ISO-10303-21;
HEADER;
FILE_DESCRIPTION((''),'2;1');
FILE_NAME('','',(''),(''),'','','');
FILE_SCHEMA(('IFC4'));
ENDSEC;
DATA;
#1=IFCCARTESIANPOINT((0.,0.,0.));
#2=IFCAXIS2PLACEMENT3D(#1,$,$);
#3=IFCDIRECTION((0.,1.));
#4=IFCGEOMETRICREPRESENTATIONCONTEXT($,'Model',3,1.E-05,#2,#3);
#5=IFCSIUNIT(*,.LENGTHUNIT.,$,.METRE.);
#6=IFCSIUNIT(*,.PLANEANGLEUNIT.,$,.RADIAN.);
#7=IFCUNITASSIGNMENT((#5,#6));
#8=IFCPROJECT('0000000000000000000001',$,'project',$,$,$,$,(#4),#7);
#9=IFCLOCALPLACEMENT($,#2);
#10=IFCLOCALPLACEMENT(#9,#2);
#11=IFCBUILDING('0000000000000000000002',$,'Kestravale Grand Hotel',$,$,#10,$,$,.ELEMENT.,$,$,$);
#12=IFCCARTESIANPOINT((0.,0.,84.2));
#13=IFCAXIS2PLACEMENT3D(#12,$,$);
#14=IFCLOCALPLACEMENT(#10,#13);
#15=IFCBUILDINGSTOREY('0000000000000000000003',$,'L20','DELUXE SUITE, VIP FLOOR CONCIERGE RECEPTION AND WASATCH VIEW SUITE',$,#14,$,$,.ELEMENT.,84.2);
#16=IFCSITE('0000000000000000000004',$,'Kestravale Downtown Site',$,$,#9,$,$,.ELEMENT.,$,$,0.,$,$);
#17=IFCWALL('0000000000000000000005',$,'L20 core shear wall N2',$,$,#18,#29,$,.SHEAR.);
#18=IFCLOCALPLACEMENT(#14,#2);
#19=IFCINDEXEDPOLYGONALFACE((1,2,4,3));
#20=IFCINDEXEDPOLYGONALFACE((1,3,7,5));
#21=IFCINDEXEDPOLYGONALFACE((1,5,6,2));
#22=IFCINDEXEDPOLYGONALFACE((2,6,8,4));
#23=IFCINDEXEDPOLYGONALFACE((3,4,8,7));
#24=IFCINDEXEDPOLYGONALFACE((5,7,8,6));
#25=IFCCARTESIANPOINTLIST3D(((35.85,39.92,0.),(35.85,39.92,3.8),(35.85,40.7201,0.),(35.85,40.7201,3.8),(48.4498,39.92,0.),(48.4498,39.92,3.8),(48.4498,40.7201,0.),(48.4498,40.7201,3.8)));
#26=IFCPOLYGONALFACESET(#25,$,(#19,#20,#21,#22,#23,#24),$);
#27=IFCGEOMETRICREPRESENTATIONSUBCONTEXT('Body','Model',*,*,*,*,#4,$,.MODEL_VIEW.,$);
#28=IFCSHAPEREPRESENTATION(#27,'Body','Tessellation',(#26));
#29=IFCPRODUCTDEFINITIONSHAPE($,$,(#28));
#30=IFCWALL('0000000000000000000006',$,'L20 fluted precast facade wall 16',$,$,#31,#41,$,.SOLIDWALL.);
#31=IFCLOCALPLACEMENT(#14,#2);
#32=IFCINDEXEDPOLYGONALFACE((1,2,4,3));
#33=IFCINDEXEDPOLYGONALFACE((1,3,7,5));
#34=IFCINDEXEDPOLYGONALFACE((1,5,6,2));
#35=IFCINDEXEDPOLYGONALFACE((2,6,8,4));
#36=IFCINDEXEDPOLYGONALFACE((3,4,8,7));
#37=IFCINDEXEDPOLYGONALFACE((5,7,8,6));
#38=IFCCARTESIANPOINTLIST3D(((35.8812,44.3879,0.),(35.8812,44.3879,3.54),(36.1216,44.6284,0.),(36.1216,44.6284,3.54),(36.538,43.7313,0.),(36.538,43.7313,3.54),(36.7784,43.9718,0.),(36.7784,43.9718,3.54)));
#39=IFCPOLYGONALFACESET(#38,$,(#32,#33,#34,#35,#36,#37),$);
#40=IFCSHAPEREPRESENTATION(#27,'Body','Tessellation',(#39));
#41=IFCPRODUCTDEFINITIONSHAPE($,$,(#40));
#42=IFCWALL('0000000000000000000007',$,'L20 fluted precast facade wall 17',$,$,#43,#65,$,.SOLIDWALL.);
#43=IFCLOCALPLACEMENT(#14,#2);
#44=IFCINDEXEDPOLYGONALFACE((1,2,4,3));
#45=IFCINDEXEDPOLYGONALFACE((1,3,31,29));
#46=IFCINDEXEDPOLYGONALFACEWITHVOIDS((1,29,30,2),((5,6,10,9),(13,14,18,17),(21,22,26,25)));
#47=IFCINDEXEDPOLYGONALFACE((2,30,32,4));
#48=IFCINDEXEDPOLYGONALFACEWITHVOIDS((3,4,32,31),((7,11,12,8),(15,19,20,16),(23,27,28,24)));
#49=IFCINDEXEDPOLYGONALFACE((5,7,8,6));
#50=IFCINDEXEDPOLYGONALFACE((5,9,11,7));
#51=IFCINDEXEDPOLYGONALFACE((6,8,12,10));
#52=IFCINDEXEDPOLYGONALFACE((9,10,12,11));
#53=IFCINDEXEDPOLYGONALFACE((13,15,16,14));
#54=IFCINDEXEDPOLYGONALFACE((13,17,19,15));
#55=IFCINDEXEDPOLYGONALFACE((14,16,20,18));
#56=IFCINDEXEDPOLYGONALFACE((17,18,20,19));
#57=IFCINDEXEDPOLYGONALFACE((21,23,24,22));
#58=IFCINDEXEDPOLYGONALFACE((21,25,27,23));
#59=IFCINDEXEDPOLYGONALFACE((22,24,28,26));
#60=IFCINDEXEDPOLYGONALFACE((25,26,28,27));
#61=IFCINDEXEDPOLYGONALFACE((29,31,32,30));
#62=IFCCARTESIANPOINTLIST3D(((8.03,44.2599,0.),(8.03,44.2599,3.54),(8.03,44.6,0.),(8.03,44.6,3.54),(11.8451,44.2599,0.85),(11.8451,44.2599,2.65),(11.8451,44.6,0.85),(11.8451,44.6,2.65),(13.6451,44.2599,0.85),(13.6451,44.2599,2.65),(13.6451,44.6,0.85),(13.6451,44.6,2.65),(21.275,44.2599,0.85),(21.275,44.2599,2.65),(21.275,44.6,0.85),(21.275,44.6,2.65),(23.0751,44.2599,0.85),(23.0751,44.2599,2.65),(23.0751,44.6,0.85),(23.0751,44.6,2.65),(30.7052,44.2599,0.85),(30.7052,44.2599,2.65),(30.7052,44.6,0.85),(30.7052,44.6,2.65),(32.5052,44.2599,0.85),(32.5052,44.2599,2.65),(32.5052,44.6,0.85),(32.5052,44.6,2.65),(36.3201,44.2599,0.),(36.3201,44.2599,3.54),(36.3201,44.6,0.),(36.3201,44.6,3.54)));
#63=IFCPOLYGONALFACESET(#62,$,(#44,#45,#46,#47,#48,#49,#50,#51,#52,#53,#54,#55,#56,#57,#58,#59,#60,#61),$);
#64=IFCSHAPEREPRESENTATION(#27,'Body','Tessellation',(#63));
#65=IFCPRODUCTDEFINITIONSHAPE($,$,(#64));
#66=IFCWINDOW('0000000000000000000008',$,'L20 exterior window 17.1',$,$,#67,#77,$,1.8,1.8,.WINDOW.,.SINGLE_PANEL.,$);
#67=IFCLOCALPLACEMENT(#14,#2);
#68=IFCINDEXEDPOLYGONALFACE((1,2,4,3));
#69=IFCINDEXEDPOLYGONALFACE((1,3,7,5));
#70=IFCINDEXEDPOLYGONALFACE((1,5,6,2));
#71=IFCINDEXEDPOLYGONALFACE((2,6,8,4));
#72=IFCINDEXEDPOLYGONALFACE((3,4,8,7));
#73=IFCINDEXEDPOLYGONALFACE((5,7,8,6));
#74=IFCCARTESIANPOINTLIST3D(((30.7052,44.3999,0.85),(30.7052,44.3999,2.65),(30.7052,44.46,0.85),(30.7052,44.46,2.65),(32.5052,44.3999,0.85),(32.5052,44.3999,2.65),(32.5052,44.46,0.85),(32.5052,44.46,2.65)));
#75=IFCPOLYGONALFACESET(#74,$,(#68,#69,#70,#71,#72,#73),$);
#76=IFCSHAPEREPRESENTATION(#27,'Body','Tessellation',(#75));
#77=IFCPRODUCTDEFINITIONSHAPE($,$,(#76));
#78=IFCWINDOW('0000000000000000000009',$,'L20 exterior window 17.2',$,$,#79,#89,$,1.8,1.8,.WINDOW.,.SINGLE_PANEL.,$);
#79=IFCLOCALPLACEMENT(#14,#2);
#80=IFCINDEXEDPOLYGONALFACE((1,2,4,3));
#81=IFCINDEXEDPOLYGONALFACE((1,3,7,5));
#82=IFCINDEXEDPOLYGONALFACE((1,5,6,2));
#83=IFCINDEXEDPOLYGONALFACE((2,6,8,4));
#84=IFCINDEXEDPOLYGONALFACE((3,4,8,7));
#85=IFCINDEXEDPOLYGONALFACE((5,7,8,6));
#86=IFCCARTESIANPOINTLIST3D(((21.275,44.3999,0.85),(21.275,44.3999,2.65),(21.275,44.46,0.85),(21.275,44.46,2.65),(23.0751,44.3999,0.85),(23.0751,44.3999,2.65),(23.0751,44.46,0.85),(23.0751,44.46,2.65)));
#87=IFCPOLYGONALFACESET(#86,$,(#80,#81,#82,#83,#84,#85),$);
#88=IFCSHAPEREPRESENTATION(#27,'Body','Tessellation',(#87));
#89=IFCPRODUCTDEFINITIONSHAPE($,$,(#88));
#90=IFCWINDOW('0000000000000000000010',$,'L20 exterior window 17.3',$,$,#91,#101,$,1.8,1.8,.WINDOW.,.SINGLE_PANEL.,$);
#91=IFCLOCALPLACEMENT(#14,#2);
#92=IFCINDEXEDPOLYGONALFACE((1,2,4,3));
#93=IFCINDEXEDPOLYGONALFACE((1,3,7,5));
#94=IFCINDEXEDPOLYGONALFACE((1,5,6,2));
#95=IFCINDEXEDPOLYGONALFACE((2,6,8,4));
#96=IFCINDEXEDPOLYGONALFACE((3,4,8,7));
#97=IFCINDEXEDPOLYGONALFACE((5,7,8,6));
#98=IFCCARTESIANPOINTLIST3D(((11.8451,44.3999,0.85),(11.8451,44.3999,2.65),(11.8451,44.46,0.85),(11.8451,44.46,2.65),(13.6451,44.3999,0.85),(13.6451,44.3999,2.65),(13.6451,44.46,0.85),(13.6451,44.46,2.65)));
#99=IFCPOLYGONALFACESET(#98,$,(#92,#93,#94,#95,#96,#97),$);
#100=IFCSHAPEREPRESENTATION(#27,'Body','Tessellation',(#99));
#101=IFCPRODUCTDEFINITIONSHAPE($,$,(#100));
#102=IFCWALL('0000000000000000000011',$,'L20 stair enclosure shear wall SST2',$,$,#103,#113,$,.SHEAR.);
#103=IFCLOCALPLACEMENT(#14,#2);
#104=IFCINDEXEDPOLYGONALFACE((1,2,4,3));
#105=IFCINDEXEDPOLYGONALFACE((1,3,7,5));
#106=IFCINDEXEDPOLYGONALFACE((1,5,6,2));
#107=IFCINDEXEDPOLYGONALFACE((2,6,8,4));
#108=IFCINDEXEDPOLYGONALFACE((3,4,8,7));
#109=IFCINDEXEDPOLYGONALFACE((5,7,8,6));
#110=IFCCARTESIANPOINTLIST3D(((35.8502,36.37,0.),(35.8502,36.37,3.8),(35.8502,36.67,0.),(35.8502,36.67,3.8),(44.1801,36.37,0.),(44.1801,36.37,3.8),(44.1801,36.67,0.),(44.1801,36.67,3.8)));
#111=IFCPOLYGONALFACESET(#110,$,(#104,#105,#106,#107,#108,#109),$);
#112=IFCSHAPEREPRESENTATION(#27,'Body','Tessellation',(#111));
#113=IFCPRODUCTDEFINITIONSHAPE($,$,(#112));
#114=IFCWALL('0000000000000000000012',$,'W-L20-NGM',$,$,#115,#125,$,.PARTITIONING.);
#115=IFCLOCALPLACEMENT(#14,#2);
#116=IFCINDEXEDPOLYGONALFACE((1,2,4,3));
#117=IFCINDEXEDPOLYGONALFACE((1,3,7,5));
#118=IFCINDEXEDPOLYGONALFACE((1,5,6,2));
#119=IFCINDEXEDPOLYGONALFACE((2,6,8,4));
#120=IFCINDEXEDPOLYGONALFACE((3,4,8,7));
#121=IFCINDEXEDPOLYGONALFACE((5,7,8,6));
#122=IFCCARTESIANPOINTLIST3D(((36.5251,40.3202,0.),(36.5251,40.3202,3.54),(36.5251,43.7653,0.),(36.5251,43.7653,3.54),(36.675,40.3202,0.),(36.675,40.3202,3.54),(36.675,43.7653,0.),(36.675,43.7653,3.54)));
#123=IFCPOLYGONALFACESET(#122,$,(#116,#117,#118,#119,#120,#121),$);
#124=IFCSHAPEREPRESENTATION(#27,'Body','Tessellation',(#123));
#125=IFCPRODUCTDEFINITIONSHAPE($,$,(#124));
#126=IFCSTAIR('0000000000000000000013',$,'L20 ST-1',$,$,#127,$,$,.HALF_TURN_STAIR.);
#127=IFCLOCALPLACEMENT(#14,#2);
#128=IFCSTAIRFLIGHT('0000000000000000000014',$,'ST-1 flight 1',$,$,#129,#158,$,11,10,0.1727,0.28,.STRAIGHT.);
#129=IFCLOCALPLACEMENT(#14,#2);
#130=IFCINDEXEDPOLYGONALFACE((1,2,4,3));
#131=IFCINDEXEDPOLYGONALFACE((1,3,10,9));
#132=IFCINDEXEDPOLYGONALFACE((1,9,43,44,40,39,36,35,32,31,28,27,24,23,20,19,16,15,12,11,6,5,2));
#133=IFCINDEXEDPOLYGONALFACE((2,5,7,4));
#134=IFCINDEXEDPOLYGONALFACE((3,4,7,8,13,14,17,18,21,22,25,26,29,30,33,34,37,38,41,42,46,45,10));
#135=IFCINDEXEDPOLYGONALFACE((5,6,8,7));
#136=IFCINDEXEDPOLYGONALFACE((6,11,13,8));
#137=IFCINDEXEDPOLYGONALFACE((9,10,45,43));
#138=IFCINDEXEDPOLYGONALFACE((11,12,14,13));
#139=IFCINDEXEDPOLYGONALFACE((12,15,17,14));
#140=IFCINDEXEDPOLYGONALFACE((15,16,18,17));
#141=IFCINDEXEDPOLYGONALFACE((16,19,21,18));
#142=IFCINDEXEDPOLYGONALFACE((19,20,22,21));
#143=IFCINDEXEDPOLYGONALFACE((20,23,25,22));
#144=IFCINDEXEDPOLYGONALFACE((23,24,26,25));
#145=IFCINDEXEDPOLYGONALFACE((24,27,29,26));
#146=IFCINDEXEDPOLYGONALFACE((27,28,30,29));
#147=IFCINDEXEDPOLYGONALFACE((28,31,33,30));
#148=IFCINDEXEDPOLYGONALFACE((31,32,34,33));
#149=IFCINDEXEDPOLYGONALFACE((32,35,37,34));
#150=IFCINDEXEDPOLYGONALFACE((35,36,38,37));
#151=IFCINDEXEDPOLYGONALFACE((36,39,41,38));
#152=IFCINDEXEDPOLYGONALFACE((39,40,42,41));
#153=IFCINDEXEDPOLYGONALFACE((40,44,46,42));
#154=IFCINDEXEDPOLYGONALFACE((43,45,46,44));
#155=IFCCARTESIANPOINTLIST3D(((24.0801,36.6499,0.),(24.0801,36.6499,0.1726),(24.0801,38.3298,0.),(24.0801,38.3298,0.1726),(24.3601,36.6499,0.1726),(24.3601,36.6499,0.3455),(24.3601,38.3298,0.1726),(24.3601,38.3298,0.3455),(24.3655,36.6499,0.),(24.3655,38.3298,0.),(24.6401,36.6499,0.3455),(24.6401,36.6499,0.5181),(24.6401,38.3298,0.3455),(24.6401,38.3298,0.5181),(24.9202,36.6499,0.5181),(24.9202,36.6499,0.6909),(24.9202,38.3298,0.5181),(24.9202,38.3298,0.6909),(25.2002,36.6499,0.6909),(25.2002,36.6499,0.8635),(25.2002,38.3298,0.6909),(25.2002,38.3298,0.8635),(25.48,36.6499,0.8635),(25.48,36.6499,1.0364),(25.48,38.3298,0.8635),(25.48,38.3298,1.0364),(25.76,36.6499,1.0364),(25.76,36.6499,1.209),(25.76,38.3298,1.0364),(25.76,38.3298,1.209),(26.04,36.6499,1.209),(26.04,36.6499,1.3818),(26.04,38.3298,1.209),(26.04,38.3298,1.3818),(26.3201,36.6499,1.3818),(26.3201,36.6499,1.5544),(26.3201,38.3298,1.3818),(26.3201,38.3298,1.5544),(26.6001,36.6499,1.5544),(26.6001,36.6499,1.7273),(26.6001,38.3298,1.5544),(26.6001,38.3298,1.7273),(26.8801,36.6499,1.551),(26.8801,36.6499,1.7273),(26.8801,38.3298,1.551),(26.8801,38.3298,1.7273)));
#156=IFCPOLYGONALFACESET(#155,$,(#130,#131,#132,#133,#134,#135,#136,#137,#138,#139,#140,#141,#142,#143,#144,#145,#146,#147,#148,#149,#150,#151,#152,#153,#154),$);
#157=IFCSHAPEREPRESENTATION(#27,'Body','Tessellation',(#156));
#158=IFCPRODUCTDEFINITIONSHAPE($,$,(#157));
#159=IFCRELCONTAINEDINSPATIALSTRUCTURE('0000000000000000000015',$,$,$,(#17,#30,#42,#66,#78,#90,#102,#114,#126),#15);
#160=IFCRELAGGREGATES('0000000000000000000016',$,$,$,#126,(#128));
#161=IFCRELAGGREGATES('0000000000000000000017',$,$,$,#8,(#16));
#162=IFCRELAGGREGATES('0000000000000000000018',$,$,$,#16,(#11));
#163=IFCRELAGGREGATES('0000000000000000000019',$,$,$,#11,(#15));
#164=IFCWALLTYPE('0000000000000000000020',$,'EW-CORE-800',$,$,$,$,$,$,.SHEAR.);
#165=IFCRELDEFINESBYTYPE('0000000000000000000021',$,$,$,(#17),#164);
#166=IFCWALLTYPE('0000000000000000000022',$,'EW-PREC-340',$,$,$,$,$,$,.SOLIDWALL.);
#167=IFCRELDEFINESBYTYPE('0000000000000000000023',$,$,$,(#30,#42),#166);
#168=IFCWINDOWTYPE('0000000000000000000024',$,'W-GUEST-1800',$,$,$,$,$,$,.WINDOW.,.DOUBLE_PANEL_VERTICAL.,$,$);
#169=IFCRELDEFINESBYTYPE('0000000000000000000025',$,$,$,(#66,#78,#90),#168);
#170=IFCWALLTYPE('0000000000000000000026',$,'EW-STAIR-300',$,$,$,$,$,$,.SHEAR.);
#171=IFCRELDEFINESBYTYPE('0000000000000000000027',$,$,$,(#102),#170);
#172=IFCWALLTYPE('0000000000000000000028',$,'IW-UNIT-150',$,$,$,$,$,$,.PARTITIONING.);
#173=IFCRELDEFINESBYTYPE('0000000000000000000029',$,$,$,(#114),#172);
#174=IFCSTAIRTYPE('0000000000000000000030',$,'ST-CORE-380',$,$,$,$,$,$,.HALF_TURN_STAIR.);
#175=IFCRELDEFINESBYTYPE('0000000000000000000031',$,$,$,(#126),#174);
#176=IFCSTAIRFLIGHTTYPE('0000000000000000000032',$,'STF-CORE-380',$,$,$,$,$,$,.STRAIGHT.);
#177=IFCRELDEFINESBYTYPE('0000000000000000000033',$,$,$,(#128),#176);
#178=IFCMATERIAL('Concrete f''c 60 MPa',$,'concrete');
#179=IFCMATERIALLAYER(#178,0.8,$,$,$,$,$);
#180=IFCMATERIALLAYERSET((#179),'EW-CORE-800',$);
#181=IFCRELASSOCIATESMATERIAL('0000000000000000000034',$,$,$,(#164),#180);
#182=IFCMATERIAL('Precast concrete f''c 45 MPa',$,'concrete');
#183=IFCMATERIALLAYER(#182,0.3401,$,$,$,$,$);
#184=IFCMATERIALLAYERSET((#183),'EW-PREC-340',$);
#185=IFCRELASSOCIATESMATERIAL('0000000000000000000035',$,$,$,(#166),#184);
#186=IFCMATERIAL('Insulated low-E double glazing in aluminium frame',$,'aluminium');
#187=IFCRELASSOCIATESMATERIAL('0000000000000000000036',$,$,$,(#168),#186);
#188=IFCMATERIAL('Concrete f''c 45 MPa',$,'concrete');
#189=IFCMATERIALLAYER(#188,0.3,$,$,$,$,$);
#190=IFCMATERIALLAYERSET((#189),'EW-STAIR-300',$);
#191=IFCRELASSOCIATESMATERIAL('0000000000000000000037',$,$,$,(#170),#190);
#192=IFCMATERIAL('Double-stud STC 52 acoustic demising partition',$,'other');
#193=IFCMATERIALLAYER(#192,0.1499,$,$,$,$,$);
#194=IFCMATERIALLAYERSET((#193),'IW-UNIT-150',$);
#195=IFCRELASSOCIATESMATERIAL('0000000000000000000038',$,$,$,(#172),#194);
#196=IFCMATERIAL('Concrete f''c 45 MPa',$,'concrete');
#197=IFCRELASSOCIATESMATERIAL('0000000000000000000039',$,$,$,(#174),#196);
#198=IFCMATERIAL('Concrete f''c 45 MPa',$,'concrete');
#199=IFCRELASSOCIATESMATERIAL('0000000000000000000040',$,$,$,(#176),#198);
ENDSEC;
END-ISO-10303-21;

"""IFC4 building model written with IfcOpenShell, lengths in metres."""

from ifc_helpers import new_model, si_unit, direction, frame, frame_2d, origin, place, context, subcontext, project, spatial, polyline, rectangle, outline, extrude, material, layer, layer_set, type_object, element, fill, aggregate, save


model = new_model("IFC4")

# Units and contexts
model_context = context("Model", 3, precision=1e-05, world=origin(), true_north=direction((0.0, 1.0)))
body_context = subcontext(model_context, "Body", "Model", "MODEL_VIEW")
ifc_project = project(units=[si_unit("LENGTHUNIT", "METRE"), si_unit("PLANEANGLEUNIT", "RADIAN")], contexts=[model_context])

# Site, building, storey
site_placement = place(None, origin())
site = spatial("IfcSite", under=ifc_project, at=site_placement, Name="Kestravale Downtown Site", CompositionType="ELEMENT", RefElevation=0.0)
building_placement = place(site_placement, origin())
building = spatial("IfcBuilding", under=site, at=building_placement, Name="Kestravale Grand Hotel", CompositionType="ELEMENT")
storey_placement = place(building_placement, frame((0.0, 0.0, 84.2)))
storey = spatial("IfcBuildingStorey", under=building, at=storey_placement, Name="L20", Description="DELUXE SUITE, VIP FLOOR CONCIERGE RECEPTION AND WASATCH VIEW SUITE", CompositionType="ELEMENT", Elevation=84.2)

# Wall
ifc_material_1 = material(Name="Concrete f'c 60 MPa", Category="concrete")
ifc_layer_1 = layer(ifc_material_1, 0.8)
ifc_layer_set_1 = layer_set([ifc_layer_1], Name="EW-CORE-800")
wall_type_1 = type_object("IfcWallType", Name="EW-CORE-800", PredefinedType="SHEAR", material=ifc_layer_set_1)
wall_1_placement = place(storey_placement, frame((35.8501, 40.3201, 0.0), z_axis=(0.0, 0.0, 1.0), x_axis=(1.0, 0.0, 0.0)))
element("IfcWall", 1, at=wall_1_placement, inside=storey, type_object=wall_type_1, Name="L20 core shear wall N2", PredefinedType="SHEAR", context=body_context, shape_type="SweptSolid", body=[
    extrude(rectangle(XDim=12.5999, YDim=0.8, at=frame_2d((6.2998, 0.0))), origin(), (0.0, 0.0, 1.0), 3.8),
])

# Wall
ifc_material_2 = material(Name="Precast concrete f'c 45 MPa", Category="concrete")
ifc_layer_2 = layer(ifc_material_2, 0.3401)
ifc_layer_set_2 = layer_set([ifc_layer_2], Name="EW-PREC-340")
wall_type_2 = type_object("IfcWallType", Name="EW-PREC-340", PredefinedType="SOLIDWALL", material=ifc_layer_set_2)
wall_2_placement = place(storey_placement, frame((36.6582, 43.8516, 0.0), z_axis=(0.0, 0.0, 1.0), x_axis=(-0.707238, 0.706975, 0.0)))
element("IfcWall", 2, at=wall_2_placement, inside=storey, type_object=wall_type_2, Name="L20 fluted precast facade wall 16", PredefinedType="SOLIDWALL", context=body_context, shape_type="SweptSolid", body=[
    extrude(rectangle(XDim=0.9287, YDim=0.3401, at=frame_2d((0.4644, 0.0))), origin(), (0.0, 0.0, 1.0), 3.54),
])

# Wall, openings, windows
wall_3_placement = place(storey_placement, frame((36.3201, 44.4299, 0.0), z_axis=(0.0, 0.0, 1.0), x_axis=(-1.0, 0.0, 0.0)))
wall_3 = element("IfcWall", 3, at=wall_3_placement, inside=storey, type_object=wall_type_2, Name="L20 fluted precast facade wall 17", PredefinedType="SOLIDWALL", context=body_context, shape_type="SweptSolid", body=[
    extrude(rectangle(XDim=28.29, YDim=0.3401, at=frame_2d((14.145, 0.0))), origin(), (0.0, 0.0, 1.0), 3.54),
])
opening_1_placement = place(wall_3_placement, frame((3.8149, 0.0, 0.8501)))
opening_1 = element("IfcOpeningElement", 4, at=opening_1_placement, cuts=wall_3, PredefinedType="OPENING", context=body_context, shape_type="SweptSolid", body=[
    extrude(rectangle(XDim=1.8, YDim=1.8, at=frame_2d((0.8999, 0.8999))), frame((0.0, 0.1799, 0.0), z_axis=(0.0, -1.0, 0.0), x_axis=(1.0, 0.0, 0.0)), (0.0, 0.0, 1.0), 0.3601),
])
opening_2_placement = place(wall_3_placement, frame((13.2451, 0.0, 0.8501)))
opening_2 = element("IfcOpeningElement", 5, at=opening_2_placement, cuts=wall_3, PredefinedType="OPENING", context=body_context, shape_type="SweptSolid", body=[
    extrude(rectangle(XDim=1.8, YDim=1.8, at=frame_2d((0.8999, 0.8999))), frame((0.0, 0.1799, 0.0), z_axis=(0.0, -1.0, 0.0), x_axis=(1.0, 0.0, 0.0)), (0.0, 0.0, 1.0), 0.3601),
])
opening_3_placement = place(wall_3_placement, frame((22.675, 0.0, 0.8501)))
opening_3 = element("IfcOpeningElement", 6, at=opening_3_placement, cuts=wall_3, PredefinedType="OPENING", context=body_context, shape_type="SweptSolid", body=[
    extrude(rectangle(XDim=1.8, YDim=1.8, at=frame_2d((0.8999, 0.8999))), frame((0.0, 0.1799, 0.0), z_axis=(0.0, -1.0, 0.0), x_axis=(1.0, 0.0, 0.0)), (0.0, 0.0, 1.0), 0.3601),
])
ifc_material_3 = material(Name="Insulated low-E double glazing in aluminium frame", Category="aluminium")
window_type = type_object("IfcWindowType", Name="W-GUEST-1800", PartitioningType="DOUBLE_PANEL_VERTICAL", PredefinedType="WINDOW", material=ifc_material_3)
window_1_placement = place(opening_1_placement, origin())
window_1 = element("IfcWindow", 7, at=window_1_placement, inside=storey, type_object=window_type, Name="L20 exterior window 17.1", OverallHeight=1.8, OverallWidth=1.8, PartitioningType="SINGLE_PANEL", PredefinedType="WINDOW", context=body_context, shape_type="SweptSolid", body=[
    extrude(rectangle(XDim=1.8, YDim=1.8, at=frame_2d((0.8999, 0.8999))), frame((0.0, 0.03, 0.0), z_axis=(0.0, -1.0, 0.0), x_axis=(1.0, 0.0, 0.0)), (0.0, 0.0, 1.0), 0.0601),
])
fill(opening_1, window_1)
window_2_placement = place(opening_2_placement, origin())
window_2 = element("IfcWindow", 8, at=window_2_placement, inside=storey, type_object=window_type, Name="L20 exterior window 17.2", OverallHeight=1.8, OverallWidth=1.8, PartitioningType="SINGLE_PANEL", PredefinedType="WINDOW", context=body_context, shape_type="SweptSolid", body=[
    extrude(rectangle(XDim=1.8, YDim=1.8, at=frame_2d((0.8999, 0.8999))), frame((0.0, 0.03, 0.0), z_axis=(0.0, -1.0, 0.0), x_axis=(1.0, 0.0, 0.0)), (0.0, 0.0, 1.0), 0.0601),
])
fill(opening_2, window_2)
window_3_placement = place(opening_3_placement, origin())
window_3 = element("IfcWindow", 9, at=window_3_placement, inside=storey, type_object=window_type, Name="L20 exterior window 17.3", OverallHeight=1.8, OverallWidth=1.8, PartitioningType="SINGLE_PANEL", PredefinedType="WINDOW", context=body_context, shape_type="SweptSolid", body=[
    extrude(rectangle(XDim=1.8, YDim=1.8, at=frame_2d((0.8999, 0.8999))), frame((0.0, 0.03, 0.0), z_axis=(0.0, -1.0, 0.0), x_axis=(1.0, 0.0, 0.0)), (0.0, 0.0, 1.0), 0.0601),
])
fill(opening_3, window_3)

# Wall
ifc_material_4 = material(Name="Concrete f'c 45 MPa", Category="concrete")
ifc_layer_3 = layer(ifc_material_4, 0.3)
ifc_layer_set_3 = layer_set([ifc_layer_3], Name="EW-STAIR-300")
wall_type_3 = type_object("IfcWallType", Name="EW-STAIR-300", PredefinedType="SHEAR", material=ifc_layer_set_3)
wall_4_placement = place(storey_placement, frame((35.8501, 36.52, 0.0), z_axis=(0.0, 0.0, 1.0), x_axis=(1.0, 0.0, 0.0)))
element("IfcWall", 10, at=wall_4_placement, inside=storey, type_object=wall_type_3, Name="L20 stair enclosure shear wall SST2", PredefinedType="SHEAR", context=body_context, shape_type="SweptSolid", body=[
    extrude(rectangle(XDim=8.3298, YDim=0.3, at=frame_2d((4.165, 0.0))), origin(), (0.0, 0.0, 1.0), 3.8),
])

# Wall
ifc_material_5 = material(Name="Double-stud STC 52 acoustic demising partition", Category="other")
ifc_layer_4 = layer(ifc_material_5, 0.1499)
ifc_layer_set_4 = layer_set([ifc_layer_4], Name="IW-UNIT-150")
wall_type_4 = type_object("IfcWallType", Name="IW-UNIT-150", PredefinedType="PARTITIONING", material=ifc_layer_set_4)
wall_5_placement = place(storey_placement, frame((36.6001, 40.3201, 0.0), z_axis=(0.0, 0.0, 1.0), x_axis=(0.0, 1.0, 0.0)))
element("IfcWall", 11, at=wall_5_placement, inside=storey, type_object=wall_type_4, Name="W-L20-NGM", PredefinedType="PARTITIONING", context=body_context, shape_type="SweptSolid", body=[
    extrude(rectangle(XDim=3.4451, YDim=0.1499, at=frame_2d((1.7227, 0.0))), origin(), (0.0, 0.0, 1.0), 3.54),
])

# Stair, stair flight
ifc_material_6 = material(Name="Concrete f'c 45 MPa", Category="concrete")
stair_type = type_object("IfcStairType", Name="ST-CORE-380", PredefinedType="HALF_TURN_STAIR", material=ifc_material_6)
stair_placement = place(storey_placement, origin())
stair = element("IfcStair", 12, at=stair_placement, inside=storey, type_object=stair_type, Name="L20 ST-1", PredefinedType="HALF_TURN_STAIR")
ifc_material_7 = material(Name="Concrete f'c 45 MPa", Category="concrete")
stair_flight_type = type_object("IfcStairFlightType", Name="STF-CORE-380", PredefinedType="STRAIGHT", material=ifc_material_7)
stair_flight_1_placement = place(storey_placement, frame((24.0801, 37.49, 0.0), z_axis=(0.0, 0.0, 1.0), x_axis=(1.0, 0.0, 0.0)))
stair_flight_1 = element("IfcStairFlight", 13, at=stair_flight_1_placement, type_object=stair_flight_type, Name="ST-1 flight 1", NumberOfRisers=11, NumberOfTreads=10, PredefinedType="STRAIGHT", RiserHeight=0.1727, TreadLength=0.28, context=body_context, shape_type="SweptSolid", body=[
    extrude(outline(polyline([(0.0, 0.0), (0.0, 0.1726), (0.28, 0.1726), (0.28, 0.3455), (0.5601, 0.3455), (0.5601, 0.5181), (0.8401, 0.5181), (0.8401, 0.6909), (1.1201, 0.6909), (1.1201, 0.8635), (1.3999, 0.8635), (1.3999, 1.0364), (1.6799, 1.0364), (1.6799, 1.209), (1.96, 1.209), (1.96, 1.3818), (2.24, 1.3818), (2.24, 1.5544), (2.52, 1.5544), (2.52, 1.7273), (2.8, 1.7273), (2.8, 1.8999), (2.8, 1.551), (0.2854, 0.0), (0.0, 0.0)])), frame((0.0, 0.8398, 0.0), z_axis=(0.0, -1.0, 0.0), x_axis=(1.0, 0.0, 0.0)), (0.0, 0.0, 1.0), 1.6799),
])
aggregate(stair, [stair_flight_1])

save(model, "model.ifc")
